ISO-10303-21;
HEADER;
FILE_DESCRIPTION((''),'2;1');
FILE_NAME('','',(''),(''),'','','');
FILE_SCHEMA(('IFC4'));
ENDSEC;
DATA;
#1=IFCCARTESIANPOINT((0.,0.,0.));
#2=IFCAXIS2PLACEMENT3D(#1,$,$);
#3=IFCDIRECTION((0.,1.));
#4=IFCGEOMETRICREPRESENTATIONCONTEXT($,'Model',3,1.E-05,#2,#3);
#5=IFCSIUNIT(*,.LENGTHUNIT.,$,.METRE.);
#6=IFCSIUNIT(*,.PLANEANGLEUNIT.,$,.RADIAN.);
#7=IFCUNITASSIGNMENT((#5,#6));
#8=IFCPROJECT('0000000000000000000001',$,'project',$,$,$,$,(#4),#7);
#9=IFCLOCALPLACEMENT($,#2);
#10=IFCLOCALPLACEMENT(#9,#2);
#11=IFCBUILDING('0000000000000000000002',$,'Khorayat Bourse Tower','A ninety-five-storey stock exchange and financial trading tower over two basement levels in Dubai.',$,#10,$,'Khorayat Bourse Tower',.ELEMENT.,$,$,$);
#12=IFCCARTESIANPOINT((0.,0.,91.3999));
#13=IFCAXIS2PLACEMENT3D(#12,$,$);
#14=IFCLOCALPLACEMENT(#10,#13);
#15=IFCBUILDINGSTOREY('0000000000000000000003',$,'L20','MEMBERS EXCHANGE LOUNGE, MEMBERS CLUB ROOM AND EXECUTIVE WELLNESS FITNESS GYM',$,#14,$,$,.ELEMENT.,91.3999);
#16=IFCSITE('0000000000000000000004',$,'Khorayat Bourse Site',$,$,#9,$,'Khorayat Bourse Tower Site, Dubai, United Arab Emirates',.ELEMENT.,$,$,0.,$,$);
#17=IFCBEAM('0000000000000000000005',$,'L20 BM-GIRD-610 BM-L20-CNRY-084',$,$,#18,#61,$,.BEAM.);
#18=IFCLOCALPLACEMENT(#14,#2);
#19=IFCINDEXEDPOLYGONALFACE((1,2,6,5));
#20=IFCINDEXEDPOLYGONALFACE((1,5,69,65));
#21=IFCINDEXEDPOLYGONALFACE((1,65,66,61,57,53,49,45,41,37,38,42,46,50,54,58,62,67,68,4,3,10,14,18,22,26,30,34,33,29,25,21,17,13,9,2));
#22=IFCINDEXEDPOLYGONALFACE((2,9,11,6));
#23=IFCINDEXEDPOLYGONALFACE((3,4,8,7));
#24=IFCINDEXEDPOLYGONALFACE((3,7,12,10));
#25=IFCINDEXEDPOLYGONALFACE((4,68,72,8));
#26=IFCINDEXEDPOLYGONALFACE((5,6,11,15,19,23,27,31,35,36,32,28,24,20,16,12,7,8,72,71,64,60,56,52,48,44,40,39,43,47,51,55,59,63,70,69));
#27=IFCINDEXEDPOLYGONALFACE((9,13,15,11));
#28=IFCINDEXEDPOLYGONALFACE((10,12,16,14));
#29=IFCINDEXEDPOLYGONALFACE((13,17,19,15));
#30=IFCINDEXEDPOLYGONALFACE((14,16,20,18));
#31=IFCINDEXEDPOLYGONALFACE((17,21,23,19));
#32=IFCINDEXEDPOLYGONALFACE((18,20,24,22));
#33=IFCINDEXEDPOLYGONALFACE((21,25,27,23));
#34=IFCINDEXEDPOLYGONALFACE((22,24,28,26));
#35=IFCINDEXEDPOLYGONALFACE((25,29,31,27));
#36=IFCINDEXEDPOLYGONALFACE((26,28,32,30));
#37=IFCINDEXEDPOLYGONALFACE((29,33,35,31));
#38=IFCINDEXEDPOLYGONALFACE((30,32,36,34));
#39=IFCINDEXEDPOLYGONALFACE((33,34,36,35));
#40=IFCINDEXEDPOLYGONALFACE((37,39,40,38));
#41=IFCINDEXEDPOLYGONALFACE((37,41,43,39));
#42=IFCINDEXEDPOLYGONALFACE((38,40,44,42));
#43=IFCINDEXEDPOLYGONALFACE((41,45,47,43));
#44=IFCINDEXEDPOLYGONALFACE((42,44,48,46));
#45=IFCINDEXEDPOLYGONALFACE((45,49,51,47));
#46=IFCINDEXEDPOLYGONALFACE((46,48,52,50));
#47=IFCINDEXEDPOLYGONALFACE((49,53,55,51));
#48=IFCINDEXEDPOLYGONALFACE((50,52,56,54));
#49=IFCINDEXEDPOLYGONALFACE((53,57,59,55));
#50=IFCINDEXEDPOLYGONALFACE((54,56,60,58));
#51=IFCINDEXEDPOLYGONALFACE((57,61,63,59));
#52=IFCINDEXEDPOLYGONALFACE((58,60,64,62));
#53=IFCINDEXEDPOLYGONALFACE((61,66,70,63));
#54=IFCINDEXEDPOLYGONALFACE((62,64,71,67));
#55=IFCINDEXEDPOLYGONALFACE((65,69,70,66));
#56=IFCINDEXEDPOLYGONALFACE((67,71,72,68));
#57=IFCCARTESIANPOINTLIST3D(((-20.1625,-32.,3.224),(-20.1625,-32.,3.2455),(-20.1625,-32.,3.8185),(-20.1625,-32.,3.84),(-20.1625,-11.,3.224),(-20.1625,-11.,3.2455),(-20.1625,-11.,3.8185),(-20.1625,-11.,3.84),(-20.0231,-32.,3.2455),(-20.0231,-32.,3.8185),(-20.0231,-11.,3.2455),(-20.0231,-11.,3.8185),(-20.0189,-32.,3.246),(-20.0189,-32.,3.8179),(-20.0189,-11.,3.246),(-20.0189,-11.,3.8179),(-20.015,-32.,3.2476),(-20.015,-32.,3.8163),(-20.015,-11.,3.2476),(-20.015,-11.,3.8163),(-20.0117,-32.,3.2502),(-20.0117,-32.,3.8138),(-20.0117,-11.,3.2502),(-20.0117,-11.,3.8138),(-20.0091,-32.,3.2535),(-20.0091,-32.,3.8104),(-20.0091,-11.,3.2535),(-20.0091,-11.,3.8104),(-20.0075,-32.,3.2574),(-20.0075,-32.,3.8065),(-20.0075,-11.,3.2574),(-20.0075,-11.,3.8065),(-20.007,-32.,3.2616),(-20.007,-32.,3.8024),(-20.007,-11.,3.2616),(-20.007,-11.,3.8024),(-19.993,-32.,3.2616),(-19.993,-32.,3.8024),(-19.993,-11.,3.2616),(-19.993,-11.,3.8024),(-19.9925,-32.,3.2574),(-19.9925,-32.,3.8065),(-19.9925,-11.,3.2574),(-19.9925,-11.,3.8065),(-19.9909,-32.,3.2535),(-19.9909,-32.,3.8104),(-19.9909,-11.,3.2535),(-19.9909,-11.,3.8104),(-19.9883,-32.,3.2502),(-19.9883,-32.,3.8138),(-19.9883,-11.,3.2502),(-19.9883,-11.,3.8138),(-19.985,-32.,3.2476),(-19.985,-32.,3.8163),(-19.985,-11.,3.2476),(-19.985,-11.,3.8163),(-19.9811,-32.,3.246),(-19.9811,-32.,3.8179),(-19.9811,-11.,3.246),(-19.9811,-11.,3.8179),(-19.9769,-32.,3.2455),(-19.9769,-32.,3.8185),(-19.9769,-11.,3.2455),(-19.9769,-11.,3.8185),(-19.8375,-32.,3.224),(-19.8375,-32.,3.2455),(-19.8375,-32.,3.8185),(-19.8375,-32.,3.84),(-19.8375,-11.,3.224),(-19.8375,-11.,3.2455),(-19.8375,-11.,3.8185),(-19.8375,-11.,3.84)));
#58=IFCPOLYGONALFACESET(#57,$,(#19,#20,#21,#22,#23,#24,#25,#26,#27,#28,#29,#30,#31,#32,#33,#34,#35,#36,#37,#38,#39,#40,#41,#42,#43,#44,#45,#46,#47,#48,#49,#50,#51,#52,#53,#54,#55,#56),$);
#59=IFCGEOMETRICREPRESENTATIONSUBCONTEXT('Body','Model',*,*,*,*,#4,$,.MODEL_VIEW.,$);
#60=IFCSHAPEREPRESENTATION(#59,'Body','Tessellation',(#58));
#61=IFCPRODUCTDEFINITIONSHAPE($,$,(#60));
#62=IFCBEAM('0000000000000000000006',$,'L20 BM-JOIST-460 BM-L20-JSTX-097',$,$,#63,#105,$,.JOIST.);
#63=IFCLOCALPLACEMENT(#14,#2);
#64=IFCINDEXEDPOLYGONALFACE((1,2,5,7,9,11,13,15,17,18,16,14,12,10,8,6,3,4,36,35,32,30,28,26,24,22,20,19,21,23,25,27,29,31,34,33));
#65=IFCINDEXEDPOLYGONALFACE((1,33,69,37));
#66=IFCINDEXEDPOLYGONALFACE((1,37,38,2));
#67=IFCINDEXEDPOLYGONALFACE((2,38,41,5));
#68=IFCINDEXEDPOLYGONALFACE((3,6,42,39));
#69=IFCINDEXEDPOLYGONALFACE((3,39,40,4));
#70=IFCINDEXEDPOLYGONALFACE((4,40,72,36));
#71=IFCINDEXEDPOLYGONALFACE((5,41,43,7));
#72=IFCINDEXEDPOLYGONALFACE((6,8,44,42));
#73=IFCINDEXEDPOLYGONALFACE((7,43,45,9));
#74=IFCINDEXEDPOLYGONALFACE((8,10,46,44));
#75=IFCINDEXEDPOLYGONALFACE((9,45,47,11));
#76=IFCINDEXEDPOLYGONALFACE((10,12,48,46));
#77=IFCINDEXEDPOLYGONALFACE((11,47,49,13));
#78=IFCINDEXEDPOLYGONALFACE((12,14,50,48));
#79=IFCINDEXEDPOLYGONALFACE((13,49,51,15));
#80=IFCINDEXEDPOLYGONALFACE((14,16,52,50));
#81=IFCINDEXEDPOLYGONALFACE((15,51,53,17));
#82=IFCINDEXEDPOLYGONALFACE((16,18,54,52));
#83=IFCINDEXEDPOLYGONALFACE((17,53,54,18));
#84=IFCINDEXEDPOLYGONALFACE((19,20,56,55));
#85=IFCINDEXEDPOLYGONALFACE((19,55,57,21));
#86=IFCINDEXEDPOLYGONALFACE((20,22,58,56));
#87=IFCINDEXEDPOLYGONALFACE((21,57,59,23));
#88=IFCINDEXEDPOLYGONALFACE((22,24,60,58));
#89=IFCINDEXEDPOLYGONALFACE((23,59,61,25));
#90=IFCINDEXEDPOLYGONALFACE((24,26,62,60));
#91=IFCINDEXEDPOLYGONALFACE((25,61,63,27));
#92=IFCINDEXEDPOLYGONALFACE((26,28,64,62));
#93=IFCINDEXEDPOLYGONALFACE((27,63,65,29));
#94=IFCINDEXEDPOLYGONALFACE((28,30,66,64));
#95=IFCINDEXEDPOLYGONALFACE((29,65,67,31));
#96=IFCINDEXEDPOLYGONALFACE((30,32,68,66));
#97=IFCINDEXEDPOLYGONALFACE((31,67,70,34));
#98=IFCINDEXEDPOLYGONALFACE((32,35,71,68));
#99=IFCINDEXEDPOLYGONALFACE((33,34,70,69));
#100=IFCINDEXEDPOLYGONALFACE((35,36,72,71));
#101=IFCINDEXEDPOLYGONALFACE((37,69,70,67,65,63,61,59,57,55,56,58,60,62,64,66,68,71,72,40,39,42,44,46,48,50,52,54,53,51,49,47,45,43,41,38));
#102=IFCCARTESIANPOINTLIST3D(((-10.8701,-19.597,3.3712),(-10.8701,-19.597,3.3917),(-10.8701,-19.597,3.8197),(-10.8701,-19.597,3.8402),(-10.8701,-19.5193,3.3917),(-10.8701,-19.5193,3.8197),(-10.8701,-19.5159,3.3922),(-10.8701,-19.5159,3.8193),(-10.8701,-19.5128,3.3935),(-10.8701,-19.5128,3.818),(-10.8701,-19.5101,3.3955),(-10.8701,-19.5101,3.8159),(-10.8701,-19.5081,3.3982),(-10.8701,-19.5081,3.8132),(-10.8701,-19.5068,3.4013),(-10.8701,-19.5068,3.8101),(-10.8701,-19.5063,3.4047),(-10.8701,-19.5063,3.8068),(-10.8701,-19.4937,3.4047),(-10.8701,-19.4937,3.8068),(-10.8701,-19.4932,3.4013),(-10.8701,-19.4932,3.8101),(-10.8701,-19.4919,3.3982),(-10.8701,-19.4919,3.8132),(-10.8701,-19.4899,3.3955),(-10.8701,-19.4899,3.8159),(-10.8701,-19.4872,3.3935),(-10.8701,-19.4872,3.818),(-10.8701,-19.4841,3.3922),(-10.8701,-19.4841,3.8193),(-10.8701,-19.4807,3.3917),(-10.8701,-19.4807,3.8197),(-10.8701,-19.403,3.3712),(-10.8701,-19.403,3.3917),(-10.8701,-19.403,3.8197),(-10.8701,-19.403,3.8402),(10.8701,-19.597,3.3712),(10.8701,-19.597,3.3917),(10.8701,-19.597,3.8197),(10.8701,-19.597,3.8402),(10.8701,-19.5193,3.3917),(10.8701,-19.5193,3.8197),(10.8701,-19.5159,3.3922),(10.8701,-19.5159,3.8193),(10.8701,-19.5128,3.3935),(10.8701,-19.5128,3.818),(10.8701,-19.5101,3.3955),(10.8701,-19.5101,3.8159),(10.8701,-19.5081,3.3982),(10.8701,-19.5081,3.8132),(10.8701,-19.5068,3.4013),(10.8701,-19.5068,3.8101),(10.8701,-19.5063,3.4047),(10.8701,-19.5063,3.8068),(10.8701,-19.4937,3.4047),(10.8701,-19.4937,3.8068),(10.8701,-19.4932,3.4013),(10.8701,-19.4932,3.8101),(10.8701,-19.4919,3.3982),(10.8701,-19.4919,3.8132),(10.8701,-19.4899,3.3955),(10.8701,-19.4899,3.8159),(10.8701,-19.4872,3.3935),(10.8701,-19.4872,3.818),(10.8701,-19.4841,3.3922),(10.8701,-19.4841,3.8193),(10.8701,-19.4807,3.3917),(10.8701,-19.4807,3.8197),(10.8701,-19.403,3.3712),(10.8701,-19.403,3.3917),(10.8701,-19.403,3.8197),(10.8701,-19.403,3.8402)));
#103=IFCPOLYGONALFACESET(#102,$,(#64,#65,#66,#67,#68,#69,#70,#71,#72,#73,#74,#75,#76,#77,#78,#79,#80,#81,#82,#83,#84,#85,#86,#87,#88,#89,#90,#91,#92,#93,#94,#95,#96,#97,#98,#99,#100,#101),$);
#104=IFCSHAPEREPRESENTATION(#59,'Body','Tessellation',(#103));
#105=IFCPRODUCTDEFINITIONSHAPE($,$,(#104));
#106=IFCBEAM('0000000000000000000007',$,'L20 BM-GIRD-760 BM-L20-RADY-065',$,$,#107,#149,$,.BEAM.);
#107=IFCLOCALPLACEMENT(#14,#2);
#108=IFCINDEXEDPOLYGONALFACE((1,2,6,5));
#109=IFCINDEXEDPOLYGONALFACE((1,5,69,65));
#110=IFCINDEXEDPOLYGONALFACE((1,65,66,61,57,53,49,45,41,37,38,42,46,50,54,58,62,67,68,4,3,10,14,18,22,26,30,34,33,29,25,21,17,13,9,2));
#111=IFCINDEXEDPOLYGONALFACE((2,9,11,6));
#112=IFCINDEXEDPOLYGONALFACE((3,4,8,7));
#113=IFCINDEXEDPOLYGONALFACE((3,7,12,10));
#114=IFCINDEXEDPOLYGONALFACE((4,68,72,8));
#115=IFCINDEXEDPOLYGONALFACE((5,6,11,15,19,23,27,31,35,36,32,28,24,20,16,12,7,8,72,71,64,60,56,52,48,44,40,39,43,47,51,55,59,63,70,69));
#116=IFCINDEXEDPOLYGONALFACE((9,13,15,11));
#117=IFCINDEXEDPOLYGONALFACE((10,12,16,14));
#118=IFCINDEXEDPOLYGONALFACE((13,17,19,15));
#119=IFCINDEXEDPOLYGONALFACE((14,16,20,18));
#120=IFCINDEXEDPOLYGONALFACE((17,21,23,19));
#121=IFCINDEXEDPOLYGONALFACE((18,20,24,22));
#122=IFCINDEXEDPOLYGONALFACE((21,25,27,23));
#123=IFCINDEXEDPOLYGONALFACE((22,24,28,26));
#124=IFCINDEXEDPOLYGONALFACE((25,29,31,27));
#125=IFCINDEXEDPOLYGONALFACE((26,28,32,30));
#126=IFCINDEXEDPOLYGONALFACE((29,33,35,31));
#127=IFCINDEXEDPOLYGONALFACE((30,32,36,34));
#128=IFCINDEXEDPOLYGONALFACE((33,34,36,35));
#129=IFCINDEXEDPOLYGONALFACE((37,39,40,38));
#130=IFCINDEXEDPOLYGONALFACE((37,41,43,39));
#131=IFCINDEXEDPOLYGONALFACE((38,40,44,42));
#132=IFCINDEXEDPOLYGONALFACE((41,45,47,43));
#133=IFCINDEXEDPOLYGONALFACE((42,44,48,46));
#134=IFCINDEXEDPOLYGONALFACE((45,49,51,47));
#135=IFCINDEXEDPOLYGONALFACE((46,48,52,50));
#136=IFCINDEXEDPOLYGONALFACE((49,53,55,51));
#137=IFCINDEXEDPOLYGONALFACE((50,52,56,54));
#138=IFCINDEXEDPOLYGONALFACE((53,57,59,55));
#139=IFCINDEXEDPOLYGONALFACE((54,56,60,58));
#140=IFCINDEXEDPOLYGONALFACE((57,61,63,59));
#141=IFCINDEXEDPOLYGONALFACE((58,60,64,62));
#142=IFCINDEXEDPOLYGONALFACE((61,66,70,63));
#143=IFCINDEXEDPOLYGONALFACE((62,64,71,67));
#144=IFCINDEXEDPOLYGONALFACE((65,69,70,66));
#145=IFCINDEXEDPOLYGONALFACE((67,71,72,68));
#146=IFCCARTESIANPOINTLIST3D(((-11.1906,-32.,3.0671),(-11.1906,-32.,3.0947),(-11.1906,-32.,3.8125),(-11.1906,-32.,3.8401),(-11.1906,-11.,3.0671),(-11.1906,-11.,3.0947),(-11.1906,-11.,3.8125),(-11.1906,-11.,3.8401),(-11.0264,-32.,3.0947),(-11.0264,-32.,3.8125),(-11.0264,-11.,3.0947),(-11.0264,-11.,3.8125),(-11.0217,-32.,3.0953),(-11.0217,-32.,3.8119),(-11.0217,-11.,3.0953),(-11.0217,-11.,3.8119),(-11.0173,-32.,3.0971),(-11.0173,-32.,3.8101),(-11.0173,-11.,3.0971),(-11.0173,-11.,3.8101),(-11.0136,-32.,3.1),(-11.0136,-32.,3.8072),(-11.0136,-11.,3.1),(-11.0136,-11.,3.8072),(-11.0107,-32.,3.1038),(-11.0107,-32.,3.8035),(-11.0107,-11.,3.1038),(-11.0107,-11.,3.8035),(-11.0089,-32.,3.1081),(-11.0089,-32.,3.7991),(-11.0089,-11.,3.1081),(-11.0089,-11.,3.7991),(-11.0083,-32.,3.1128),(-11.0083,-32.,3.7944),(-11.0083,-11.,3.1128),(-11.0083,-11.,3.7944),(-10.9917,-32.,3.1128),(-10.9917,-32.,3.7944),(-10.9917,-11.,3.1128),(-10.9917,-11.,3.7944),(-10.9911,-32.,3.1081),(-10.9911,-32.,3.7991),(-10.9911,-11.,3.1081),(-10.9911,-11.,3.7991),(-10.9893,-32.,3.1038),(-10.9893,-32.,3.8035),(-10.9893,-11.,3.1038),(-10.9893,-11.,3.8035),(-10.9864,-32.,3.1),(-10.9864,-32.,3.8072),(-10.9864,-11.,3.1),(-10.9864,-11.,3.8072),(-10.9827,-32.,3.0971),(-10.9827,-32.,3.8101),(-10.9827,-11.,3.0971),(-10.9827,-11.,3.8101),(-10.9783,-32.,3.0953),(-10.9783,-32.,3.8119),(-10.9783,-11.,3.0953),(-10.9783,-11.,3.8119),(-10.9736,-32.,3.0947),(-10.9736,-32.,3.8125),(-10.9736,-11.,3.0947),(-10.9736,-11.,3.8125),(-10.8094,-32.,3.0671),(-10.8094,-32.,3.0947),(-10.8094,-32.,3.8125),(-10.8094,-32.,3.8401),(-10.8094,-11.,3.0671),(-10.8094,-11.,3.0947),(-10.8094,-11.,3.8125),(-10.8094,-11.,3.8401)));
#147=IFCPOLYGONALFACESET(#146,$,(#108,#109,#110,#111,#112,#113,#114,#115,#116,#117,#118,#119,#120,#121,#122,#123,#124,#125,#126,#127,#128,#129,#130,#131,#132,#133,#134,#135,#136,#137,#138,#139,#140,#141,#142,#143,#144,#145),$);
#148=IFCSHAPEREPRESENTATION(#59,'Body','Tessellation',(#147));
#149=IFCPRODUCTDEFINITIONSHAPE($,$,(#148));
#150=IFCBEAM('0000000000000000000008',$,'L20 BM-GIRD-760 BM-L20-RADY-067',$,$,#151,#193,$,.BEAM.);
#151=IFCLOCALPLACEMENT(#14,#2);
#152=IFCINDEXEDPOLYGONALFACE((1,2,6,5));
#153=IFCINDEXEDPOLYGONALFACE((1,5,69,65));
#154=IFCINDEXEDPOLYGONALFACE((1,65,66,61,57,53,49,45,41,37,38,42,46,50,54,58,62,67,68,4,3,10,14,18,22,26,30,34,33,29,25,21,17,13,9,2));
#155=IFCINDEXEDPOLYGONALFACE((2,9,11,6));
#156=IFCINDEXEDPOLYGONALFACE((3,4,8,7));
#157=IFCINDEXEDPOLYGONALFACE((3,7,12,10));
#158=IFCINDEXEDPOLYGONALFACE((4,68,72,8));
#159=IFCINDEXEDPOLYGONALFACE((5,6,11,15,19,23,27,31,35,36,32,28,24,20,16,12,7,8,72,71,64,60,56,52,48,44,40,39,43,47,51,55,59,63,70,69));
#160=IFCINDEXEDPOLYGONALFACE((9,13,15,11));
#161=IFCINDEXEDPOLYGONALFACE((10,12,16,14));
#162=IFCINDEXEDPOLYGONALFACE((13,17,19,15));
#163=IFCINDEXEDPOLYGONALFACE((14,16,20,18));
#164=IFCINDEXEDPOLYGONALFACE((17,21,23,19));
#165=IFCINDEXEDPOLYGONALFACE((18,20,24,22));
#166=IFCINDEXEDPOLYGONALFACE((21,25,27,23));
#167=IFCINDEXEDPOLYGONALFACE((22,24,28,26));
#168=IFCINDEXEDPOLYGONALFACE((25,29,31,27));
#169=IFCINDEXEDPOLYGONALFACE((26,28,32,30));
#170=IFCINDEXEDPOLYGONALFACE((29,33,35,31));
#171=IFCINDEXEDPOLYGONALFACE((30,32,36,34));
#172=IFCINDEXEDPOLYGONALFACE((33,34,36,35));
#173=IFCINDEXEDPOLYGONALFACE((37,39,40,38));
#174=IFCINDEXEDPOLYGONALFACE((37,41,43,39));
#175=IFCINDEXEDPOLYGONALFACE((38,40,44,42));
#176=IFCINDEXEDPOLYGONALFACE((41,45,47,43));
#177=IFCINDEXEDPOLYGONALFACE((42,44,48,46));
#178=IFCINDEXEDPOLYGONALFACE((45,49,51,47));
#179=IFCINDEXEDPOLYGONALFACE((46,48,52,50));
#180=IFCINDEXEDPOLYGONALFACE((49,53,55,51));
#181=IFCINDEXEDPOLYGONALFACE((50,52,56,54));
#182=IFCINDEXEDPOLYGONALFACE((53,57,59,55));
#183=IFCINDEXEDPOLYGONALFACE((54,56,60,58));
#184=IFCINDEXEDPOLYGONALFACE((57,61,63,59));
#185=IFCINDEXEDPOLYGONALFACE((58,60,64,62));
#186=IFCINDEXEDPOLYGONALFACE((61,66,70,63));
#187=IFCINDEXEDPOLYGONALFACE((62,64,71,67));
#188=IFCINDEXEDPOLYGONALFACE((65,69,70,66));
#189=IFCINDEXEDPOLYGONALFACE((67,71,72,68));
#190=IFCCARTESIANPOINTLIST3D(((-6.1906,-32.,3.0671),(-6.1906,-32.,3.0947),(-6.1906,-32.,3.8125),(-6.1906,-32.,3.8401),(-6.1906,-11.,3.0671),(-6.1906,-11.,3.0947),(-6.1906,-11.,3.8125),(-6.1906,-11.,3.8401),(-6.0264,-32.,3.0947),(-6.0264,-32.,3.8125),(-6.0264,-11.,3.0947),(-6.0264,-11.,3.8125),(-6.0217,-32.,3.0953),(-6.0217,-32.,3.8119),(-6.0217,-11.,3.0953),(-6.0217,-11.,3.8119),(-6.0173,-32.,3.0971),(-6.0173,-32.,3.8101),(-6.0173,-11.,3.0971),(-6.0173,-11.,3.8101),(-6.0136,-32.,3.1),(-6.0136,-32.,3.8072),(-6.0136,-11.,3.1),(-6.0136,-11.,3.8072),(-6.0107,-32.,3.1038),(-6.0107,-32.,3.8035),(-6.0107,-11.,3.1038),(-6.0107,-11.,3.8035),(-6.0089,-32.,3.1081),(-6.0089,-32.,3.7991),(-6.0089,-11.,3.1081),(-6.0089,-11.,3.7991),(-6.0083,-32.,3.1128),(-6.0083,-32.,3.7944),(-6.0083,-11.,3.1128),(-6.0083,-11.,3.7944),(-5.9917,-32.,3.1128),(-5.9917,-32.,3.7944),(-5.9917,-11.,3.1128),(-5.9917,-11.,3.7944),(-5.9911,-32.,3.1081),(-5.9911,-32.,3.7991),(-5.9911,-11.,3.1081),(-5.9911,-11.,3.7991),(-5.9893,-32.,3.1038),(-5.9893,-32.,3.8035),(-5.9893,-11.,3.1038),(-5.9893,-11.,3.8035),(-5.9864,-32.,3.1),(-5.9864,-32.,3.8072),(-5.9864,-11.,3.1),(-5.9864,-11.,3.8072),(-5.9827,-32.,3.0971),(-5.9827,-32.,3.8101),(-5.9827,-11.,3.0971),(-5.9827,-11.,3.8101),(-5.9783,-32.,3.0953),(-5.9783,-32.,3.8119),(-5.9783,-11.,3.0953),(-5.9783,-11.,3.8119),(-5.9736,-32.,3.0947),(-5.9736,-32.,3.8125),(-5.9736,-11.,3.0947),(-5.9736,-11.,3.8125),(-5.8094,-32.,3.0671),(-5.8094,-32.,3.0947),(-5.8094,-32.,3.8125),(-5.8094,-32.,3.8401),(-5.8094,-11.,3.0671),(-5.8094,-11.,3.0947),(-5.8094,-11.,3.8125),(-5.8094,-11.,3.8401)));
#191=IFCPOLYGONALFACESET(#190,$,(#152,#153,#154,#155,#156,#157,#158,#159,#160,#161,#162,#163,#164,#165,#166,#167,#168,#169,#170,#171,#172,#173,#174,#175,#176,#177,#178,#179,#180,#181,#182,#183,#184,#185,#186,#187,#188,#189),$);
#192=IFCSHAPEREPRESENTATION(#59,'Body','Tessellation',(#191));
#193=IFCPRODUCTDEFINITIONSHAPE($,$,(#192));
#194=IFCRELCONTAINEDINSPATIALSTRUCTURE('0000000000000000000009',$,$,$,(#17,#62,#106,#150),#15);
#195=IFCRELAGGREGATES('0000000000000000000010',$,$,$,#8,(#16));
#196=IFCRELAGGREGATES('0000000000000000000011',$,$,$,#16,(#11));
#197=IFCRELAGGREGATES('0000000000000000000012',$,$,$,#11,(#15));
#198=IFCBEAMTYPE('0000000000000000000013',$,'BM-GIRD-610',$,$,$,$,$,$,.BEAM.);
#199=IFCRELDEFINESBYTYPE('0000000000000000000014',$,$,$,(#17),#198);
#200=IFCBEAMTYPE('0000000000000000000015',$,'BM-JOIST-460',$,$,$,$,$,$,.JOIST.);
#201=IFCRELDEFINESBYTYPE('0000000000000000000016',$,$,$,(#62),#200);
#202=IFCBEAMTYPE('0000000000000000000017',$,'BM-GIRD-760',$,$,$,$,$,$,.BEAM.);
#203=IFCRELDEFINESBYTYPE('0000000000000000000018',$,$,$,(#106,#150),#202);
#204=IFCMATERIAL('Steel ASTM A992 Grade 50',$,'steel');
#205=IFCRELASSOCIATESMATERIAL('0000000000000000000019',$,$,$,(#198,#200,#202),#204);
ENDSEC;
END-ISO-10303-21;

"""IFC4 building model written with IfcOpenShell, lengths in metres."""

from ifc_helpers import new_model, si_unit, direction, frame, origin, origin_2d, place, context, subcontext, project, spatial, i_section, extrude, source, transform, mapped, material, material_profile, profile_set, type_object, element, save


model = new_model("IFC4")

# Units and contexts
model_context = context("Model", 3, precision=1e-05, world=origin(), true_north=direction((0.0, 1.0)))
body_context = subcontext(model_context, "Body", "Model", "MODEL_VIEW")
ifc_project = project(units=[si_unit("LENGTHUNIT", "METRE"), si_unit("PLANEANGLEUNIT", "RADIAN")], contexts=[model_context])

# Site, building, storey
site_placement = place(None, origin())
site = spatial("IfcSite", under=ifc_project, at=site_placement, Name="Khorayat Bourse Site", LongName="Khorayat Bourse Tower Site, Dubai, United Arab Emirates", CompositionType="ELEMENT", RefElevation=0.0)
building_placement = place(site_placement, origin())
building = spatial("IfcBuilding", under=site, at=building_placement, Name="Khorayat Bourse Tower", Description="A ninety-five-storey stock exchange and financial trading tower over two basement levels in Dubai.", LongName="Khorayat Bourse Tower", CompositionType="ELEMENT")
storey_placement = place(building_placement, frame((0.0, 0.0, 91.3999)))
storey = spatial("IfcBuildingStorey", under=building, at=storey_placement, Name="L20", Description="MEMBERS EXCHANGE LOUNGE, MEMBERS CLUB ROOM AND EXECUTIVE WELLNESS FITNESS GYM", CompositionType="ELEMENT", Elevation=91.3999)

# Beams
ifc_material_1 = material(Name="Steel ASTM A992 Grade 50", Category="steel")
ifc_material_profile_1 = material_profile(ifc_material_1, i_section(OverallWidth=0.325, OverallDepth=0.616, WebThickness=0.0139, FlangeThickness=0.0215, FilletRadius=0.0161, at=origin_2d()), Name="W610X174")
ifc_profile_set_1 = profile_set([ifc_material_profile_1], Name="Steel ASTM A992 Grade 50")
beam_type_1 = type_object("IfcBeamType", Name="BM-GIRD-610", PredefinedType="BEAM", material=ifc_profile_set_1)
shared_shape_1 = source(origin(), body_context, "Body", "SweptSolid", [
    extrude(i_section(OverallWidth=0.325, OverallDepth=0.616, WebThickness=0.0139, FlangeThickness=0.0215, FilletRadius=0.0161, at=origin_2d()), origin(), (0.0, 0.0, 1.0), 21.0),
])
beam_1_placement = place(storey_placement, frame((-20.0, -32.0, 3.532), z_axis=(0.0, 1.0, 0.0), x_axis=(-1.0, 0.0, 0.0)))
element("IfcBeam", 1, at=beam_1_placement, inside=storey, type_object=beam_type_1, Name="L20 BM-GIRD-610 BM-L20-CNRY-084", PredefinedType="BEAM", context=body_context, shape_type="MappedRepresentation", body=[
    mapped(shared_shape_1, transform((0.0, 0.0, 0.0), scale=1.0)),
])
ifc_material_profile_2 = material_profile(ifc_material_1, i_section(OverallWidth=0.1941, OverallDepth=0.469, WebThickness=0.0127, FlangeThickness=0.0205, FilletRadius=0.0129, at=origin_2d()), Name="W460X106")
ifc_profile_set_2 = profile_set([ifc_material_profile_2], Name="Steel ASTM A992 Grade 50")
beam_type_2 = type_object("IfcBeamType", Name="BM-JOIST-460", PredefinedType="JOIST", material=ifc_profile_set_2)
shared_shape_2 = source(origin(), body_context, "Body", "SweptSolid", [
    extrude(i_section(OverallWidth=0.1941, OverallDepth=0.469, WebThickness=0.0127, FlangeThickness=0.0205, FilletRadius=0.0129, at=origin_2d()), origin(), (0.0, 0.0, 1.0), 21.7402),
])
beam_2_placement = place(storey_placement, frame((-10.8701, -19.5, 3.6057), z_axis=(1.0, 0.0, 0.0), x_axis=(0.0, 1.0, 0.0)))
element("IfcBeam", 2, at=beam_2_placement, inside=storey, type_object=beam_type_2, Name="L20 BM-JOIST-460 BM-L20-JSTX-097", PredefinedType="JOIST", context=body_context, shape_type="MappedRepresentation", body=[
    mapped(shared_shape_2, transform((0.0, 0.0, 0.0), scale=1.0)),
])
ifc_material_profile_3 = material_profile(ifc_material_1, i_section(OverallWidth=0.3811, OverallDepth=0.7729, WebThickness=0.0166, FlangeThickness=0.0276, FilletRadius=0.0181, at=origin_2d()), Name="W760X257")
ifc_profile_set_3 = profile_set([ifc_material_profile_3], Name="Steel ASTM A992 Grade 50")
beam_type_3 = type_object("IfcBeamType", Name="BM-GIRD-760", PredefinedType="BEAM", material=ifc_profile_set_3)
shared_shape_3 = source(origin(), body_context, "Body", "SweptSolid", [
    extrude(i_section(OverallWidth=0.3811, OverallDepth=0.7729, WebThickness=0.0166, FlangeThickness=0.0276, FilletRadius=0.0181, at=origin_2d()), origin(), (0.0, 0.0, 1.0), 21.0),
])
for number, where, z_axis, x_axis, name in (
    (3, (-11.0, -32.0, 3.4536), (0.0, 1.0, 0.0), (-1.0, 0.0, 0.0), "L20 BM-GIRD-760 BM-L20-RADY-065"),
    (4, (-6.0, -32.0, 3.4536), (0.0, 1.0, 0.0), (-1.0, 0.0, 0.0), "L20 BM-GIRD-760 BM-L20-RADY-067"),
):
    element("IfcBeam", number, at=place(storey_placement, frame(where, z_axis=z_axis, x_axis=x_axis)), inside=storey, type_object=beam_type_3, Name=name, PredefinedType="BEAM", context=body_context, shape_type="MappedRepresentation", body=[
        mapped(shared_shape_3, transform((0.0, 0.0, 0.0), scale=1.0)),
    ])

save(model, "model.ifc")
